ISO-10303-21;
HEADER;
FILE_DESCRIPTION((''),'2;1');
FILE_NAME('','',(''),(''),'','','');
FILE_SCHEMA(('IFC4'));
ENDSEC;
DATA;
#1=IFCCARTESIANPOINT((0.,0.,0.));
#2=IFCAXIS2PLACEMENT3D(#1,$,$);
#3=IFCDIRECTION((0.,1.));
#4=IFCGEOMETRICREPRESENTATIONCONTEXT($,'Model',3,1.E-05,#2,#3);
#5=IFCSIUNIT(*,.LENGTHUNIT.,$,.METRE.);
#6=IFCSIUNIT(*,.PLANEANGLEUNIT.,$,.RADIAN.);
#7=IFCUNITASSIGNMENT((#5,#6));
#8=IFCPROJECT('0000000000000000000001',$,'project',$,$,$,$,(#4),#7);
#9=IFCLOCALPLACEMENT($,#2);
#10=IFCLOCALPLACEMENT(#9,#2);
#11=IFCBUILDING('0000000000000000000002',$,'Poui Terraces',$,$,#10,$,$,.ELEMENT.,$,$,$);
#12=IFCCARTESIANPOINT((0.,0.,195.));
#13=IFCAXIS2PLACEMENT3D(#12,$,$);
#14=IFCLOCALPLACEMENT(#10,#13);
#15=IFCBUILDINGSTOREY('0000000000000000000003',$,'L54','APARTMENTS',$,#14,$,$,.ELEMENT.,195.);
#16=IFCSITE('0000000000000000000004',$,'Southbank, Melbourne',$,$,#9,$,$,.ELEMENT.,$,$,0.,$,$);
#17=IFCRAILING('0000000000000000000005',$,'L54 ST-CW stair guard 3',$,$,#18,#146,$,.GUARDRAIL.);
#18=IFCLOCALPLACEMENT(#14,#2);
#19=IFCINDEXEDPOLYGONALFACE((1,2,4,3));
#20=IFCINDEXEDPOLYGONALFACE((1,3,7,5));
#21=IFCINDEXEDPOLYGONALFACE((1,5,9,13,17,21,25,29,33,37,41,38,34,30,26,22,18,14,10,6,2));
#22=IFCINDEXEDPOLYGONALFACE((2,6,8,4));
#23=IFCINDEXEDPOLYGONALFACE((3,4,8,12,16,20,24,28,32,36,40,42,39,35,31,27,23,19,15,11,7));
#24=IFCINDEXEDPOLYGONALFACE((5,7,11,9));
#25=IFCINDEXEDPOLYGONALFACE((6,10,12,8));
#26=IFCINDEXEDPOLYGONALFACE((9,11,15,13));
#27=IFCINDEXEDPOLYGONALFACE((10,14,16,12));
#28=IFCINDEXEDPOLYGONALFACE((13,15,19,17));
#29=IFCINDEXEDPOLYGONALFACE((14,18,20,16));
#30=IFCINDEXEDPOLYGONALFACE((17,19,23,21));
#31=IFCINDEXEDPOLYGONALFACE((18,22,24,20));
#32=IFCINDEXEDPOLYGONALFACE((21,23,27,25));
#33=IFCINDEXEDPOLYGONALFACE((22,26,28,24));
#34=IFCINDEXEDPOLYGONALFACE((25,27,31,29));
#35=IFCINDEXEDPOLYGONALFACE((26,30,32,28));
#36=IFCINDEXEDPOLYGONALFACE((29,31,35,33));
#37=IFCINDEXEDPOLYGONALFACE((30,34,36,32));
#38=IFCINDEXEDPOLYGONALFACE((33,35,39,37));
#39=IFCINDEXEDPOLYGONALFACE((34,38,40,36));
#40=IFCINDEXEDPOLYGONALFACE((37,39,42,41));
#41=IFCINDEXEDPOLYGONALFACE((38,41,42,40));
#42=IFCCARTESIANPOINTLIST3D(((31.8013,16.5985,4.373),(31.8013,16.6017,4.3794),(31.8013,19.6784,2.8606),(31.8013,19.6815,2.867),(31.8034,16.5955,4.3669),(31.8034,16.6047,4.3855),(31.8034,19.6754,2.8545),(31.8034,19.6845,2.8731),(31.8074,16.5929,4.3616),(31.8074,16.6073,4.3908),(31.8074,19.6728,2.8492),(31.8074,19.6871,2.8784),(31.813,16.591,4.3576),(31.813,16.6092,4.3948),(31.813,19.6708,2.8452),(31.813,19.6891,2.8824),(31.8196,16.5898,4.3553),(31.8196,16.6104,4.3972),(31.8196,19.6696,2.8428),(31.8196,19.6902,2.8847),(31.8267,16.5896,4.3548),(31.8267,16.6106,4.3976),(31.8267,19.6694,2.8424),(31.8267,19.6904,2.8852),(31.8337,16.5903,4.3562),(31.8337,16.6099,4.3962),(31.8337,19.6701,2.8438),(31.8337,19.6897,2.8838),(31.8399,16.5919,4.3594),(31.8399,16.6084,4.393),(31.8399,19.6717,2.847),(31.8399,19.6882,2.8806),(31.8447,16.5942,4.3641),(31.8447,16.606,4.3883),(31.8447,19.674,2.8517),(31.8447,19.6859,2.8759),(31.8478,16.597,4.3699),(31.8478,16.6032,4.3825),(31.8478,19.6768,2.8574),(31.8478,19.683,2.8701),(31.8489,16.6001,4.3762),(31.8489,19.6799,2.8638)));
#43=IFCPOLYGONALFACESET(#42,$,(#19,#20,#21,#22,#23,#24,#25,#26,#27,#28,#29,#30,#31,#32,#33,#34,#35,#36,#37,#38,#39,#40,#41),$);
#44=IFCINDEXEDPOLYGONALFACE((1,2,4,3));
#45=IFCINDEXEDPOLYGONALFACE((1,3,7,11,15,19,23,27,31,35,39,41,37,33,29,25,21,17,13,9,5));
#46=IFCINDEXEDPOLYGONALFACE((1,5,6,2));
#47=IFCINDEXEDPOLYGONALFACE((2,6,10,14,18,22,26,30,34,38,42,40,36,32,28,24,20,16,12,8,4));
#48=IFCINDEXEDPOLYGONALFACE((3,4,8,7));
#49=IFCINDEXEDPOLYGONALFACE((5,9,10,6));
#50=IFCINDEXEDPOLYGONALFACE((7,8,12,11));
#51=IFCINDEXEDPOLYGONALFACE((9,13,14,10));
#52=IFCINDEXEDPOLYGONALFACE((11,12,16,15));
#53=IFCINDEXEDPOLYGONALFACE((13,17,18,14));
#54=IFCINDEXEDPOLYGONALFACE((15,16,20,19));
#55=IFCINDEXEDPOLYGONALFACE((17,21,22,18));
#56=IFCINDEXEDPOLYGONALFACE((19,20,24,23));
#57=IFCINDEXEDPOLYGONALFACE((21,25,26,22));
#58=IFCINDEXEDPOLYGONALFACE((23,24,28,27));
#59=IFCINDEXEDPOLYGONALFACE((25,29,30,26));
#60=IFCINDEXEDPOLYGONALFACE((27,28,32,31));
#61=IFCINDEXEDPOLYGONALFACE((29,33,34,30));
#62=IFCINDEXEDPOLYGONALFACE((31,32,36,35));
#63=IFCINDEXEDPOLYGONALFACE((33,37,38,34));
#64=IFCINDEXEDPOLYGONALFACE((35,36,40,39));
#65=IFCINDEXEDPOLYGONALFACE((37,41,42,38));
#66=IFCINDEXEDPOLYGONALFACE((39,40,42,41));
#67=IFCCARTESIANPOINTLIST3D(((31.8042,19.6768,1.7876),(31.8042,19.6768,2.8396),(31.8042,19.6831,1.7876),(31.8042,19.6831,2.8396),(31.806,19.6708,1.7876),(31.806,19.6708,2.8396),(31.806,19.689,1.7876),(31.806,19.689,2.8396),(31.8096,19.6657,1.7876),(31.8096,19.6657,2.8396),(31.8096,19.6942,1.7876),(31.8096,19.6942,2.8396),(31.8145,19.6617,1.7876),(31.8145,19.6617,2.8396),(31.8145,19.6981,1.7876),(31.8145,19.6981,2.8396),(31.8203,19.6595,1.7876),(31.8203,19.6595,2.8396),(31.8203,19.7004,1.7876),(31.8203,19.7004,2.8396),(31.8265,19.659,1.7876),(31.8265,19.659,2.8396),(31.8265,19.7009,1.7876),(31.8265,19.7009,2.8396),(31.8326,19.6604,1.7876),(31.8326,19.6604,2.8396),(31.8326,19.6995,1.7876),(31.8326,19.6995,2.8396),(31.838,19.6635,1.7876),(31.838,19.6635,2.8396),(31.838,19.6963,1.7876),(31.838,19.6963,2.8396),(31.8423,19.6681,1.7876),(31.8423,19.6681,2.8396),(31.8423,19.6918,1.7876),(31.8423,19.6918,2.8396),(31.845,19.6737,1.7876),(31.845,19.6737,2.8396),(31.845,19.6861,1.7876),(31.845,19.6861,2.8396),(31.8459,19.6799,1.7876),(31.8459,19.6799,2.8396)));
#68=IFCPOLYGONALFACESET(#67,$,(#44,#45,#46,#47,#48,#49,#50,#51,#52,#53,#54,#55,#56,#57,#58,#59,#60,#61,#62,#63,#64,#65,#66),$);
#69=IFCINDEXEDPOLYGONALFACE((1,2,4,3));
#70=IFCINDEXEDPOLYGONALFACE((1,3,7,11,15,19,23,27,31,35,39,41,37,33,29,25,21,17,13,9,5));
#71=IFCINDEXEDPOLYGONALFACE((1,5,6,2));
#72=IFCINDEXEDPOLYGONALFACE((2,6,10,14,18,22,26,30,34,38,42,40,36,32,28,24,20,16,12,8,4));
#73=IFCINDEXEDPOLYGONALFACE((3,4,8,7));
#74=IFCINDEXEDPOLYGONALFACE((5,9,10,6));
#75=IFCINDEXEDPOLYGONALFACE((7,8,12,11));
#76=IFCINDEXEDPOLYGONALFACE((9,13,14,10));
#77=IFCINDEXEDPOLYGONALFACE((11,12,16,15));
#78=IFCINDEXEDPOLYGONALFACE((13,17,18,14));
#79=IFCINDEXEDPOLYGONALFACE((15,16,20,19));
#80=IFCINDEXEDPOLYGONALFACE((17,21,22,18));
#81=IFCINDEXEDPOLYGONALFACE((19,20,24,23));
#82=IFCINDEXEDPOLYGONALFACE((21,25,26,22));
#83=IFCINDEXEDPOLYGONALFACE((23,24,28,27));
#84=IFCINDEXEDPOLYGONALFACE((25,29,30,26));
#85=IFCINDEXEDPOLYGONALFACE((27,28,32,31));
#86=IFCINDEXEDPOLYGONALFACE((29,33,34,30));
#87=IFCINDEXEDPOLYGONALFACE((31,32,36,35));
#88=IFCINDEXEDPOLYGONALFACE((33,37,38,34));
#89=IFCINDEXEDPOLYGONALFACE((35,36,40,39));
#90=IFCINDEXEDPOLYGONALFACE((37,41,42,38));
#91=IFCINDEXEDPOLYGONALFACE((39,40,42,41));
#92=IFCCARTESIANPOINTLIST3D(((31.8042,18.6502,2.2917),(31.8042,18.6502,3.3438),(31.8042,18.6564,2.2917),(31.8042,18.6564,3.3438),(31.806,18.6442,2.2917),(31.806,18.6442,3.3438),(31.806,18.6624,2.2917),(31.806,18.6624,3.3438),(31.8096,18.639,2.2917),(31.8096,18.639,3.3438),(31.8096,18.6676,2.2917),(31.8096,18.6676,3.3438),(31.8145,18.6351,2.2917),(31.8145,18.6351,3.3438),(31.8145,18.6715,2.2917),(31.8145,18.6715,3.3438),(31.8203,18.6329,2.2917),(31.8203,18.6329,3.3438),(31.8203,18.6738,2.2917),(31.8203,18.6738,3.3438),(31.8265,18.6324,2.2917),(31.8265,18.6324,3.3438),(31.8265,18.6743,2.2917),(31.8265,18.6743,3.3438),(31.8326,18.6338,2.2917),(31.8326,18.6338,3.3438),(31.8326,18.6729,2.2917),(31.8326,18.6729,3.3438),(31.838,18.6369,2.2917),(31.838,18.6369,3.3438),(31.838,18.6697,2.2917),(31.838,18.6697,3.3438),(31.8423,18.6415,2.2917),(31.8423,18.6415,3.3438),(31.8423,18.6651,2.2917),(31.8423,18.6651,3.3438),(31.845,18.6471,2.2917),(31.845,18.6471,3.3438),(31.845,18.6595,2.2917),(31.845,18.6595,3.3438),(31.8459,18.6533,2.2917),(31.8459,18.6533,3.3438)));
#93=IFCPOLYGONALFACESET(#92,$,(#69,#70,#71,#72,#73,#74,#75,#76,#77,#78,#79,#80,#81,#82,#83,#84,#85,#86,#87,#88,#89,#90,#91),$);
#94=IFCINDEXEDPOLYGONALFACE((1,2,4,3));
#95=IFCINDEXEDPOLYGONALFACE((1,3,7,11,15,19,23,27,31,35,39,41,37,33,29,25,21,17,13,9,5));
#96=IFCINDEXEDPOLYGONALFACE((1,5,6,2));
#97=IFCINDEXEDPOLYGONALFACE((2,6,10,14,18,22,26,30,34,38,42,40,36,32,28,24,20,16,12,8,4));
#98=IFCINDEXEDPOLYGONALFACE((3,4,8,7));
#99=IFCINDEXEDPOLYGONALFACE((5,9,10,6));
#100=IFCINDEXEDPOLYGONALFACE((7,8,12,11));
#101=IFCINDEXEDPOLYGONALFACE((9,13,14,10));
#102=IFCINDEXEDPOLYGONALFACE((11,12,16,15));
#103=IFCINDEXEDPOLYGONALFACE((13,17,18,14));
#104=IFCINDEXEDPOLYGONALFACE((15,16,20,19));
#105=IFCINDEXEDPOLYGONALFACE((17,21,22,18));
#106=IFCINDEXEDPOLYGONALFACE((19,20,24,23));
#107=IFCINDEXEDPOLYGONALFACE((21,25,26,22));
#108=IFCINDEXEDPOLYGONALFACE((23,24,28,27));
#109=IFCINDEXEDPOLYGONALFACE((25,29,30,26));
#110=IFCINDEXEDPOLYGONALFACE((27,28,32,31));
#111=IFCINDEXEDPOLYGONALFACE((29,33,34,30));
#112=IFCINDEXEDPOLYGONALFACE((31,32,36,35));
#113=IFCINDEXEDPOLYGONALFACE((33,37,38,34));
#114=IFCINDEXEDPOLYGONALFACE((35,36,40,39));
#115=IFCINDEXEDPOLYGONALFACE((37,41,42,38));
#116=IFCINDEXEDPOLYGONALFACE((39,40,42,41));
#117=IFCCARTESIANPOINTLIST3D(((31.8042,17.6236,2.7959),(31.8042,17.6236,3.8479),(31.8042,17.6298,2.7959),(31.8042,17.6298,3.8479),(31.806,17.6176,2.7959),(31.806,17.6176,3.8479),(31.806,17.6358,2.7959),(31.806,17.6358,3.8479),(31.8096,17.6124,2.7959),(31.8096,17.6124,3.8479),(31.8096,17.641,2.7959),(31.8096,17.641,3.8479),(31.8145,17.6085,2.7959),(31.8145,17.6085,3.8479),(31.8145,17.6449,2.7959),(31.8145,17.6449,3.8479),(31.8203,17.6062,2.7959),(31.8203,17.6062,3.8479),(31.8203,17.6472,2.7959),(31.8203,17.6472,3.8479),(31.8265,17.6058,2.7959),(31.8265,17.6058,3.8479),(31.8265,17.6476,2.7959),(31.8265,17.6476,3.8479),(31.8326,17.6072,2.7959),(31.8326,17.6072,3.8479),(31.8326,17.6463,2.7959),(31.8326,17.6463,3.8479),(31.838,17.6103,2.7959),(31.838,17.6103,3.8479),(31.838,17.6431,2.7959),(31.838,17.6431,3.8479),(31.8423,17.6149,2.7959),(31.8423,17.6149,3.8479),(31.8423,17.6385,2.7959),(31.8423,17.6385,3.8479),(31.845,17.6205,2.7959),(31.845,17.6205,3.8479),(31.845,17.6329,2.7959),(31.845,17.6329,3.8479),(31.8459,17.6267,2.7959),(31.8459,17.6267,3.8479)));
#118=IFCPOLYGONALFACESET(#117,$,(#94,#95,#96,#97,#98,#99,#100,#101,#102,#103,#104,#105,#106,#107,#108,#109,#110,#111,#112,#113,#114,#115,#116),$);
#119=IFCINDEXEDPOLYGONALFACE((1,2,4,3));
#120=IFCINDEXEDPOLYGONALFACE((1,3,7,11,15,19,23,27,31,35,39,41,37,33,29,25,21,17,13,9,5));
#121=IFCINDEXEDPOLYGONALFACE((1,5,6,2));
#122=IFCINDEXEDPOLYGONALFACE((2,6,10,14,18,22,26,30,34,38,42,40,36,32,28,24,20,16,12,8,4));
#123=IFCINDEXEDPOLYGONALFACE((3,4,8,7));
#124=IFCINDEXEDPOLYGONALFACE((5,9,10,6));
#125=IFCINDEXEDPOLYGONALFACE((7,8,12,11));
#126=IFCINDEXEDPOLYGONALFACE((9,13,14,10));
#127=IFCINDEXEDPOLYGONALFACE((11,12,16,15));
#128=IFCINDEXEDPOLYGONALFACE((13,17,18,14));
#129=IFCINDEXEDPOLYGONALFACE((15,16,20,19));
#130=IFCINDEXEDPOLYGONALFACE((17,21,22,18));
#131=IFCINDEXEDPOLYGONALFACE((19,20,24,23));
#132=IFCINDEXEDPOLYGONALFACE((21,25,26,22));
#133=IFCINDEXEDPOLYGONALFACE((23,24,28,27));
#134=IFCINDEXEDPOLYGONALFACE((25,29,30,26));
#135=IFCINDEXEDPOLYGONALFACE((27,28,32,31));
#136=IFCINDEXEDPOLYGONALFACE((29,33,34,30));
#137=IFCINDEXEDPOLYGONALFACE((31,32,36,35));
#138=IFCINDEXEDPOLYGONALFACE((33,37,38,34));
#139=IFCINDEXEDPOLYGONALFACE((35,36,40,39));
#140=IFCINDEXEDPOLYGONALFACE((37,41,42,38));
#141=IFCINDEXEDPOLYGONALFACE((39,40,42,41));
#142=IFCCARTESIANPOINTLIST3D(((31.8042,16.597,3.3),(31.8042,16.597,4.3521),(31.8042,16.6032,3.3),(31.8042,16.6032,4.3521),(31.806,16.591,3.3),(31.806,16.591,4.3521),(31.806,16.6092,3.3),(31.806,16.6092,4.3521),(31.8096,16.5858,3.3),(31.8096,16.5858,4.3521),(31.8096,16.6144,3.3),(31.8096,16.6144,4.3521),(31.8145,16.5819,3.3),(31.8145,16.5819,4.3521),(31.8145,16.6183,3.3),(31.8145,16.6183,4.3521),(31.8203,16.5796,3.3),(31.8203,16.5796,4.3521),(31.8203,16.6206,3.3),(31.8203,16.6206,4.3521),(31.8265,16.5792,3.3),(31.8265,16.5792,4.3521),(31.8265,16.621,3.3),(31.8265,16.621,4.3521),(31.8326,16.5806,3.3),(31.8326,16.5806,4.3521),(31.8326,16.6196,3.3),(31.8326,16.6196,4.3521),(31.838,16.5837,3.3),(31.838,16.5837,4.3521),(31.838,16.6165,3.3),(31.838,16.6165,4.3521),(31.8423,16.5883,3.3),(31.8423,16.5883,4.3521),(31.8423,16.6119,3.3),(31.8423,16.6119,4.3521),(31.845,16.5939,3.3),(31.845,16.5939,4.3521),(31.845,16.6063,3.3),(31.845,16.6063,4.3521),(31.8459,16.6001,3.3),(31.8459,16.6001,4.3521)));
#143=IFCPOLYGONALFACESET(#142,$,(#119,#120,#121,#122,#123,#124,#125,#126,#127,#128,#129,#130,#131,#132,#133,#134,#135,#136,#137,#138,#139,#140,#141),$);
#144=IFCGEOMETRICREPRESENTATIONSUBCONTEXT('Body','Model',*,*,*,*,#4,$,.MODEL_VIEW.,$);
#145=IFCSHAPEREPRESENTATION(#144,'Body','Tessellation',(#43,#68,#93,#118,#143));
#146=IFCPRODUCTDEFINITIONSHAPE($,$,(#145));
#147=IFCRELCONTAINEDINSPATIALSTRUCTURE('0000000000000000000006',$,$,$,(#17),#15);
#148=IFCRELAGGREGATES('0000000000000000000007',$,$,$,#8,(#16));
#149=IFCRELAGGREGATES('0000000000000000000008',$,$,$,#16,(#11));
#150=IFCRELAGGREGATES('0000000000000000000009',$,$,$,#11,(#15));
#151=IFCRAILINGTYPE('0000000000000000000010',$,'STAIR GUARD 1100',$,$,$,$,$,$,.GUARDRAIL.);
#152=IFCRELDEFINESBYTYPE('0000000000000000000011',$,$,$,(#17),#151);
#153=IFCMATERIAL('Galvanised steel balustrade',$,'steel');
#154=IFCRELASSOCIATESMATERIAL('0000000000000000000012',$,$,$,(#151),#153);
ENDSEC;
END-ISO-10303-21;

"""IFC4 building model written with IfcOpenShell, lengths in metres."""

from ifc_helpers import new_model, si_unit, direction, frame, origin, origin_2d, place, context, subcontext, project, spatial, circle, extrude, material, type_object, element, save


model = new_model("IFC4")

# Units and contexts
model_context = context("Model", 3, precision=1e-05, world=origin(), true_north=direction((0.0, 1.0)))
body_context = subcontext(model_context, "Body", "Model", "MODEL_VIEW")
ifc_project = project(units=[si_unit("LENGTHUNIT", "METRE"), si_unit("PLANEANGLEUNIT", "RADIAN")], contexts=[model_context])

# Site, building, storey
site_placement = place(None, origin())
site = spatial("IfcSite", under=ifc_project, at=site_placement, Name="Southbank, Melbourne", CompositionType="ELEMENT", RefElevation=0.0)
building_placement = place(site_placement, origin())
building = spatial("IfcBuilding", under=site, at=building_placement, Name="Poui Terraces", CompositionType="ELEMENT")
storey_placement = place(building_placement, frame((0.0, 0.0, 195.0)))
storey = spatial("IfcBuildingStorey", under=building, at=storey_placement, Name="L54", Description="APARTMENTS", CompositionType="ELEMENT", Elevation=195.0)

# Railing
ifc_material_1 = material(Name="Galvanised steel balustrade", Category="steel")
railing_type_1 = type_object("IfcRailingType", Name="STAIR GUARD 1100", PredefinedType="GUARDRAIL", material=ifc_material_1)
railing_1_placement = place(storey_placement, frame((31.825, 19.6799, 1.7876)))
element("IfcRailing", 1, at=railing_1_placement, inside=storey, type_object=railing_type_1, Name="L54 ST-CW stair guard 3", PredefinedType="GUARDRAIL", context=body_context, shape_type="SweptSolid", body=[
    extrude(circle(Radius=0.0239, at=origin_2d()), frame((0.0, 0.0, 1.0762), z_axis=(0.0, -0.897606, 0.440798), x_axis=(1.0, 0.0, 0.0)), (0.0, 0.0, 1.0), 3.4312),
    extrude(circle(Radius=0.021, at=origin_2d()), origin(), (0.0, 0.0, 1.0), 1.052),
    extrude(circle(Radius=0.021, at=origin_2d()), frame((0.0, -1.0266, 0.5042)), (0.0, 0.0, 1.0), 1.052),
    extrude(circle(Radius=0.021, at=origin_2d()), frame((0.0, -2.0532, 1.0083)), (0.0, 0.0, 1.0), 1.052),
    extrude(circle(Radius=0.021, at=origin_2d()), frame((0.0, -3.0798, 1.5125)), (0.0, 0.0, 1.0), 1.052),
])

save(model, "model.ifc")
